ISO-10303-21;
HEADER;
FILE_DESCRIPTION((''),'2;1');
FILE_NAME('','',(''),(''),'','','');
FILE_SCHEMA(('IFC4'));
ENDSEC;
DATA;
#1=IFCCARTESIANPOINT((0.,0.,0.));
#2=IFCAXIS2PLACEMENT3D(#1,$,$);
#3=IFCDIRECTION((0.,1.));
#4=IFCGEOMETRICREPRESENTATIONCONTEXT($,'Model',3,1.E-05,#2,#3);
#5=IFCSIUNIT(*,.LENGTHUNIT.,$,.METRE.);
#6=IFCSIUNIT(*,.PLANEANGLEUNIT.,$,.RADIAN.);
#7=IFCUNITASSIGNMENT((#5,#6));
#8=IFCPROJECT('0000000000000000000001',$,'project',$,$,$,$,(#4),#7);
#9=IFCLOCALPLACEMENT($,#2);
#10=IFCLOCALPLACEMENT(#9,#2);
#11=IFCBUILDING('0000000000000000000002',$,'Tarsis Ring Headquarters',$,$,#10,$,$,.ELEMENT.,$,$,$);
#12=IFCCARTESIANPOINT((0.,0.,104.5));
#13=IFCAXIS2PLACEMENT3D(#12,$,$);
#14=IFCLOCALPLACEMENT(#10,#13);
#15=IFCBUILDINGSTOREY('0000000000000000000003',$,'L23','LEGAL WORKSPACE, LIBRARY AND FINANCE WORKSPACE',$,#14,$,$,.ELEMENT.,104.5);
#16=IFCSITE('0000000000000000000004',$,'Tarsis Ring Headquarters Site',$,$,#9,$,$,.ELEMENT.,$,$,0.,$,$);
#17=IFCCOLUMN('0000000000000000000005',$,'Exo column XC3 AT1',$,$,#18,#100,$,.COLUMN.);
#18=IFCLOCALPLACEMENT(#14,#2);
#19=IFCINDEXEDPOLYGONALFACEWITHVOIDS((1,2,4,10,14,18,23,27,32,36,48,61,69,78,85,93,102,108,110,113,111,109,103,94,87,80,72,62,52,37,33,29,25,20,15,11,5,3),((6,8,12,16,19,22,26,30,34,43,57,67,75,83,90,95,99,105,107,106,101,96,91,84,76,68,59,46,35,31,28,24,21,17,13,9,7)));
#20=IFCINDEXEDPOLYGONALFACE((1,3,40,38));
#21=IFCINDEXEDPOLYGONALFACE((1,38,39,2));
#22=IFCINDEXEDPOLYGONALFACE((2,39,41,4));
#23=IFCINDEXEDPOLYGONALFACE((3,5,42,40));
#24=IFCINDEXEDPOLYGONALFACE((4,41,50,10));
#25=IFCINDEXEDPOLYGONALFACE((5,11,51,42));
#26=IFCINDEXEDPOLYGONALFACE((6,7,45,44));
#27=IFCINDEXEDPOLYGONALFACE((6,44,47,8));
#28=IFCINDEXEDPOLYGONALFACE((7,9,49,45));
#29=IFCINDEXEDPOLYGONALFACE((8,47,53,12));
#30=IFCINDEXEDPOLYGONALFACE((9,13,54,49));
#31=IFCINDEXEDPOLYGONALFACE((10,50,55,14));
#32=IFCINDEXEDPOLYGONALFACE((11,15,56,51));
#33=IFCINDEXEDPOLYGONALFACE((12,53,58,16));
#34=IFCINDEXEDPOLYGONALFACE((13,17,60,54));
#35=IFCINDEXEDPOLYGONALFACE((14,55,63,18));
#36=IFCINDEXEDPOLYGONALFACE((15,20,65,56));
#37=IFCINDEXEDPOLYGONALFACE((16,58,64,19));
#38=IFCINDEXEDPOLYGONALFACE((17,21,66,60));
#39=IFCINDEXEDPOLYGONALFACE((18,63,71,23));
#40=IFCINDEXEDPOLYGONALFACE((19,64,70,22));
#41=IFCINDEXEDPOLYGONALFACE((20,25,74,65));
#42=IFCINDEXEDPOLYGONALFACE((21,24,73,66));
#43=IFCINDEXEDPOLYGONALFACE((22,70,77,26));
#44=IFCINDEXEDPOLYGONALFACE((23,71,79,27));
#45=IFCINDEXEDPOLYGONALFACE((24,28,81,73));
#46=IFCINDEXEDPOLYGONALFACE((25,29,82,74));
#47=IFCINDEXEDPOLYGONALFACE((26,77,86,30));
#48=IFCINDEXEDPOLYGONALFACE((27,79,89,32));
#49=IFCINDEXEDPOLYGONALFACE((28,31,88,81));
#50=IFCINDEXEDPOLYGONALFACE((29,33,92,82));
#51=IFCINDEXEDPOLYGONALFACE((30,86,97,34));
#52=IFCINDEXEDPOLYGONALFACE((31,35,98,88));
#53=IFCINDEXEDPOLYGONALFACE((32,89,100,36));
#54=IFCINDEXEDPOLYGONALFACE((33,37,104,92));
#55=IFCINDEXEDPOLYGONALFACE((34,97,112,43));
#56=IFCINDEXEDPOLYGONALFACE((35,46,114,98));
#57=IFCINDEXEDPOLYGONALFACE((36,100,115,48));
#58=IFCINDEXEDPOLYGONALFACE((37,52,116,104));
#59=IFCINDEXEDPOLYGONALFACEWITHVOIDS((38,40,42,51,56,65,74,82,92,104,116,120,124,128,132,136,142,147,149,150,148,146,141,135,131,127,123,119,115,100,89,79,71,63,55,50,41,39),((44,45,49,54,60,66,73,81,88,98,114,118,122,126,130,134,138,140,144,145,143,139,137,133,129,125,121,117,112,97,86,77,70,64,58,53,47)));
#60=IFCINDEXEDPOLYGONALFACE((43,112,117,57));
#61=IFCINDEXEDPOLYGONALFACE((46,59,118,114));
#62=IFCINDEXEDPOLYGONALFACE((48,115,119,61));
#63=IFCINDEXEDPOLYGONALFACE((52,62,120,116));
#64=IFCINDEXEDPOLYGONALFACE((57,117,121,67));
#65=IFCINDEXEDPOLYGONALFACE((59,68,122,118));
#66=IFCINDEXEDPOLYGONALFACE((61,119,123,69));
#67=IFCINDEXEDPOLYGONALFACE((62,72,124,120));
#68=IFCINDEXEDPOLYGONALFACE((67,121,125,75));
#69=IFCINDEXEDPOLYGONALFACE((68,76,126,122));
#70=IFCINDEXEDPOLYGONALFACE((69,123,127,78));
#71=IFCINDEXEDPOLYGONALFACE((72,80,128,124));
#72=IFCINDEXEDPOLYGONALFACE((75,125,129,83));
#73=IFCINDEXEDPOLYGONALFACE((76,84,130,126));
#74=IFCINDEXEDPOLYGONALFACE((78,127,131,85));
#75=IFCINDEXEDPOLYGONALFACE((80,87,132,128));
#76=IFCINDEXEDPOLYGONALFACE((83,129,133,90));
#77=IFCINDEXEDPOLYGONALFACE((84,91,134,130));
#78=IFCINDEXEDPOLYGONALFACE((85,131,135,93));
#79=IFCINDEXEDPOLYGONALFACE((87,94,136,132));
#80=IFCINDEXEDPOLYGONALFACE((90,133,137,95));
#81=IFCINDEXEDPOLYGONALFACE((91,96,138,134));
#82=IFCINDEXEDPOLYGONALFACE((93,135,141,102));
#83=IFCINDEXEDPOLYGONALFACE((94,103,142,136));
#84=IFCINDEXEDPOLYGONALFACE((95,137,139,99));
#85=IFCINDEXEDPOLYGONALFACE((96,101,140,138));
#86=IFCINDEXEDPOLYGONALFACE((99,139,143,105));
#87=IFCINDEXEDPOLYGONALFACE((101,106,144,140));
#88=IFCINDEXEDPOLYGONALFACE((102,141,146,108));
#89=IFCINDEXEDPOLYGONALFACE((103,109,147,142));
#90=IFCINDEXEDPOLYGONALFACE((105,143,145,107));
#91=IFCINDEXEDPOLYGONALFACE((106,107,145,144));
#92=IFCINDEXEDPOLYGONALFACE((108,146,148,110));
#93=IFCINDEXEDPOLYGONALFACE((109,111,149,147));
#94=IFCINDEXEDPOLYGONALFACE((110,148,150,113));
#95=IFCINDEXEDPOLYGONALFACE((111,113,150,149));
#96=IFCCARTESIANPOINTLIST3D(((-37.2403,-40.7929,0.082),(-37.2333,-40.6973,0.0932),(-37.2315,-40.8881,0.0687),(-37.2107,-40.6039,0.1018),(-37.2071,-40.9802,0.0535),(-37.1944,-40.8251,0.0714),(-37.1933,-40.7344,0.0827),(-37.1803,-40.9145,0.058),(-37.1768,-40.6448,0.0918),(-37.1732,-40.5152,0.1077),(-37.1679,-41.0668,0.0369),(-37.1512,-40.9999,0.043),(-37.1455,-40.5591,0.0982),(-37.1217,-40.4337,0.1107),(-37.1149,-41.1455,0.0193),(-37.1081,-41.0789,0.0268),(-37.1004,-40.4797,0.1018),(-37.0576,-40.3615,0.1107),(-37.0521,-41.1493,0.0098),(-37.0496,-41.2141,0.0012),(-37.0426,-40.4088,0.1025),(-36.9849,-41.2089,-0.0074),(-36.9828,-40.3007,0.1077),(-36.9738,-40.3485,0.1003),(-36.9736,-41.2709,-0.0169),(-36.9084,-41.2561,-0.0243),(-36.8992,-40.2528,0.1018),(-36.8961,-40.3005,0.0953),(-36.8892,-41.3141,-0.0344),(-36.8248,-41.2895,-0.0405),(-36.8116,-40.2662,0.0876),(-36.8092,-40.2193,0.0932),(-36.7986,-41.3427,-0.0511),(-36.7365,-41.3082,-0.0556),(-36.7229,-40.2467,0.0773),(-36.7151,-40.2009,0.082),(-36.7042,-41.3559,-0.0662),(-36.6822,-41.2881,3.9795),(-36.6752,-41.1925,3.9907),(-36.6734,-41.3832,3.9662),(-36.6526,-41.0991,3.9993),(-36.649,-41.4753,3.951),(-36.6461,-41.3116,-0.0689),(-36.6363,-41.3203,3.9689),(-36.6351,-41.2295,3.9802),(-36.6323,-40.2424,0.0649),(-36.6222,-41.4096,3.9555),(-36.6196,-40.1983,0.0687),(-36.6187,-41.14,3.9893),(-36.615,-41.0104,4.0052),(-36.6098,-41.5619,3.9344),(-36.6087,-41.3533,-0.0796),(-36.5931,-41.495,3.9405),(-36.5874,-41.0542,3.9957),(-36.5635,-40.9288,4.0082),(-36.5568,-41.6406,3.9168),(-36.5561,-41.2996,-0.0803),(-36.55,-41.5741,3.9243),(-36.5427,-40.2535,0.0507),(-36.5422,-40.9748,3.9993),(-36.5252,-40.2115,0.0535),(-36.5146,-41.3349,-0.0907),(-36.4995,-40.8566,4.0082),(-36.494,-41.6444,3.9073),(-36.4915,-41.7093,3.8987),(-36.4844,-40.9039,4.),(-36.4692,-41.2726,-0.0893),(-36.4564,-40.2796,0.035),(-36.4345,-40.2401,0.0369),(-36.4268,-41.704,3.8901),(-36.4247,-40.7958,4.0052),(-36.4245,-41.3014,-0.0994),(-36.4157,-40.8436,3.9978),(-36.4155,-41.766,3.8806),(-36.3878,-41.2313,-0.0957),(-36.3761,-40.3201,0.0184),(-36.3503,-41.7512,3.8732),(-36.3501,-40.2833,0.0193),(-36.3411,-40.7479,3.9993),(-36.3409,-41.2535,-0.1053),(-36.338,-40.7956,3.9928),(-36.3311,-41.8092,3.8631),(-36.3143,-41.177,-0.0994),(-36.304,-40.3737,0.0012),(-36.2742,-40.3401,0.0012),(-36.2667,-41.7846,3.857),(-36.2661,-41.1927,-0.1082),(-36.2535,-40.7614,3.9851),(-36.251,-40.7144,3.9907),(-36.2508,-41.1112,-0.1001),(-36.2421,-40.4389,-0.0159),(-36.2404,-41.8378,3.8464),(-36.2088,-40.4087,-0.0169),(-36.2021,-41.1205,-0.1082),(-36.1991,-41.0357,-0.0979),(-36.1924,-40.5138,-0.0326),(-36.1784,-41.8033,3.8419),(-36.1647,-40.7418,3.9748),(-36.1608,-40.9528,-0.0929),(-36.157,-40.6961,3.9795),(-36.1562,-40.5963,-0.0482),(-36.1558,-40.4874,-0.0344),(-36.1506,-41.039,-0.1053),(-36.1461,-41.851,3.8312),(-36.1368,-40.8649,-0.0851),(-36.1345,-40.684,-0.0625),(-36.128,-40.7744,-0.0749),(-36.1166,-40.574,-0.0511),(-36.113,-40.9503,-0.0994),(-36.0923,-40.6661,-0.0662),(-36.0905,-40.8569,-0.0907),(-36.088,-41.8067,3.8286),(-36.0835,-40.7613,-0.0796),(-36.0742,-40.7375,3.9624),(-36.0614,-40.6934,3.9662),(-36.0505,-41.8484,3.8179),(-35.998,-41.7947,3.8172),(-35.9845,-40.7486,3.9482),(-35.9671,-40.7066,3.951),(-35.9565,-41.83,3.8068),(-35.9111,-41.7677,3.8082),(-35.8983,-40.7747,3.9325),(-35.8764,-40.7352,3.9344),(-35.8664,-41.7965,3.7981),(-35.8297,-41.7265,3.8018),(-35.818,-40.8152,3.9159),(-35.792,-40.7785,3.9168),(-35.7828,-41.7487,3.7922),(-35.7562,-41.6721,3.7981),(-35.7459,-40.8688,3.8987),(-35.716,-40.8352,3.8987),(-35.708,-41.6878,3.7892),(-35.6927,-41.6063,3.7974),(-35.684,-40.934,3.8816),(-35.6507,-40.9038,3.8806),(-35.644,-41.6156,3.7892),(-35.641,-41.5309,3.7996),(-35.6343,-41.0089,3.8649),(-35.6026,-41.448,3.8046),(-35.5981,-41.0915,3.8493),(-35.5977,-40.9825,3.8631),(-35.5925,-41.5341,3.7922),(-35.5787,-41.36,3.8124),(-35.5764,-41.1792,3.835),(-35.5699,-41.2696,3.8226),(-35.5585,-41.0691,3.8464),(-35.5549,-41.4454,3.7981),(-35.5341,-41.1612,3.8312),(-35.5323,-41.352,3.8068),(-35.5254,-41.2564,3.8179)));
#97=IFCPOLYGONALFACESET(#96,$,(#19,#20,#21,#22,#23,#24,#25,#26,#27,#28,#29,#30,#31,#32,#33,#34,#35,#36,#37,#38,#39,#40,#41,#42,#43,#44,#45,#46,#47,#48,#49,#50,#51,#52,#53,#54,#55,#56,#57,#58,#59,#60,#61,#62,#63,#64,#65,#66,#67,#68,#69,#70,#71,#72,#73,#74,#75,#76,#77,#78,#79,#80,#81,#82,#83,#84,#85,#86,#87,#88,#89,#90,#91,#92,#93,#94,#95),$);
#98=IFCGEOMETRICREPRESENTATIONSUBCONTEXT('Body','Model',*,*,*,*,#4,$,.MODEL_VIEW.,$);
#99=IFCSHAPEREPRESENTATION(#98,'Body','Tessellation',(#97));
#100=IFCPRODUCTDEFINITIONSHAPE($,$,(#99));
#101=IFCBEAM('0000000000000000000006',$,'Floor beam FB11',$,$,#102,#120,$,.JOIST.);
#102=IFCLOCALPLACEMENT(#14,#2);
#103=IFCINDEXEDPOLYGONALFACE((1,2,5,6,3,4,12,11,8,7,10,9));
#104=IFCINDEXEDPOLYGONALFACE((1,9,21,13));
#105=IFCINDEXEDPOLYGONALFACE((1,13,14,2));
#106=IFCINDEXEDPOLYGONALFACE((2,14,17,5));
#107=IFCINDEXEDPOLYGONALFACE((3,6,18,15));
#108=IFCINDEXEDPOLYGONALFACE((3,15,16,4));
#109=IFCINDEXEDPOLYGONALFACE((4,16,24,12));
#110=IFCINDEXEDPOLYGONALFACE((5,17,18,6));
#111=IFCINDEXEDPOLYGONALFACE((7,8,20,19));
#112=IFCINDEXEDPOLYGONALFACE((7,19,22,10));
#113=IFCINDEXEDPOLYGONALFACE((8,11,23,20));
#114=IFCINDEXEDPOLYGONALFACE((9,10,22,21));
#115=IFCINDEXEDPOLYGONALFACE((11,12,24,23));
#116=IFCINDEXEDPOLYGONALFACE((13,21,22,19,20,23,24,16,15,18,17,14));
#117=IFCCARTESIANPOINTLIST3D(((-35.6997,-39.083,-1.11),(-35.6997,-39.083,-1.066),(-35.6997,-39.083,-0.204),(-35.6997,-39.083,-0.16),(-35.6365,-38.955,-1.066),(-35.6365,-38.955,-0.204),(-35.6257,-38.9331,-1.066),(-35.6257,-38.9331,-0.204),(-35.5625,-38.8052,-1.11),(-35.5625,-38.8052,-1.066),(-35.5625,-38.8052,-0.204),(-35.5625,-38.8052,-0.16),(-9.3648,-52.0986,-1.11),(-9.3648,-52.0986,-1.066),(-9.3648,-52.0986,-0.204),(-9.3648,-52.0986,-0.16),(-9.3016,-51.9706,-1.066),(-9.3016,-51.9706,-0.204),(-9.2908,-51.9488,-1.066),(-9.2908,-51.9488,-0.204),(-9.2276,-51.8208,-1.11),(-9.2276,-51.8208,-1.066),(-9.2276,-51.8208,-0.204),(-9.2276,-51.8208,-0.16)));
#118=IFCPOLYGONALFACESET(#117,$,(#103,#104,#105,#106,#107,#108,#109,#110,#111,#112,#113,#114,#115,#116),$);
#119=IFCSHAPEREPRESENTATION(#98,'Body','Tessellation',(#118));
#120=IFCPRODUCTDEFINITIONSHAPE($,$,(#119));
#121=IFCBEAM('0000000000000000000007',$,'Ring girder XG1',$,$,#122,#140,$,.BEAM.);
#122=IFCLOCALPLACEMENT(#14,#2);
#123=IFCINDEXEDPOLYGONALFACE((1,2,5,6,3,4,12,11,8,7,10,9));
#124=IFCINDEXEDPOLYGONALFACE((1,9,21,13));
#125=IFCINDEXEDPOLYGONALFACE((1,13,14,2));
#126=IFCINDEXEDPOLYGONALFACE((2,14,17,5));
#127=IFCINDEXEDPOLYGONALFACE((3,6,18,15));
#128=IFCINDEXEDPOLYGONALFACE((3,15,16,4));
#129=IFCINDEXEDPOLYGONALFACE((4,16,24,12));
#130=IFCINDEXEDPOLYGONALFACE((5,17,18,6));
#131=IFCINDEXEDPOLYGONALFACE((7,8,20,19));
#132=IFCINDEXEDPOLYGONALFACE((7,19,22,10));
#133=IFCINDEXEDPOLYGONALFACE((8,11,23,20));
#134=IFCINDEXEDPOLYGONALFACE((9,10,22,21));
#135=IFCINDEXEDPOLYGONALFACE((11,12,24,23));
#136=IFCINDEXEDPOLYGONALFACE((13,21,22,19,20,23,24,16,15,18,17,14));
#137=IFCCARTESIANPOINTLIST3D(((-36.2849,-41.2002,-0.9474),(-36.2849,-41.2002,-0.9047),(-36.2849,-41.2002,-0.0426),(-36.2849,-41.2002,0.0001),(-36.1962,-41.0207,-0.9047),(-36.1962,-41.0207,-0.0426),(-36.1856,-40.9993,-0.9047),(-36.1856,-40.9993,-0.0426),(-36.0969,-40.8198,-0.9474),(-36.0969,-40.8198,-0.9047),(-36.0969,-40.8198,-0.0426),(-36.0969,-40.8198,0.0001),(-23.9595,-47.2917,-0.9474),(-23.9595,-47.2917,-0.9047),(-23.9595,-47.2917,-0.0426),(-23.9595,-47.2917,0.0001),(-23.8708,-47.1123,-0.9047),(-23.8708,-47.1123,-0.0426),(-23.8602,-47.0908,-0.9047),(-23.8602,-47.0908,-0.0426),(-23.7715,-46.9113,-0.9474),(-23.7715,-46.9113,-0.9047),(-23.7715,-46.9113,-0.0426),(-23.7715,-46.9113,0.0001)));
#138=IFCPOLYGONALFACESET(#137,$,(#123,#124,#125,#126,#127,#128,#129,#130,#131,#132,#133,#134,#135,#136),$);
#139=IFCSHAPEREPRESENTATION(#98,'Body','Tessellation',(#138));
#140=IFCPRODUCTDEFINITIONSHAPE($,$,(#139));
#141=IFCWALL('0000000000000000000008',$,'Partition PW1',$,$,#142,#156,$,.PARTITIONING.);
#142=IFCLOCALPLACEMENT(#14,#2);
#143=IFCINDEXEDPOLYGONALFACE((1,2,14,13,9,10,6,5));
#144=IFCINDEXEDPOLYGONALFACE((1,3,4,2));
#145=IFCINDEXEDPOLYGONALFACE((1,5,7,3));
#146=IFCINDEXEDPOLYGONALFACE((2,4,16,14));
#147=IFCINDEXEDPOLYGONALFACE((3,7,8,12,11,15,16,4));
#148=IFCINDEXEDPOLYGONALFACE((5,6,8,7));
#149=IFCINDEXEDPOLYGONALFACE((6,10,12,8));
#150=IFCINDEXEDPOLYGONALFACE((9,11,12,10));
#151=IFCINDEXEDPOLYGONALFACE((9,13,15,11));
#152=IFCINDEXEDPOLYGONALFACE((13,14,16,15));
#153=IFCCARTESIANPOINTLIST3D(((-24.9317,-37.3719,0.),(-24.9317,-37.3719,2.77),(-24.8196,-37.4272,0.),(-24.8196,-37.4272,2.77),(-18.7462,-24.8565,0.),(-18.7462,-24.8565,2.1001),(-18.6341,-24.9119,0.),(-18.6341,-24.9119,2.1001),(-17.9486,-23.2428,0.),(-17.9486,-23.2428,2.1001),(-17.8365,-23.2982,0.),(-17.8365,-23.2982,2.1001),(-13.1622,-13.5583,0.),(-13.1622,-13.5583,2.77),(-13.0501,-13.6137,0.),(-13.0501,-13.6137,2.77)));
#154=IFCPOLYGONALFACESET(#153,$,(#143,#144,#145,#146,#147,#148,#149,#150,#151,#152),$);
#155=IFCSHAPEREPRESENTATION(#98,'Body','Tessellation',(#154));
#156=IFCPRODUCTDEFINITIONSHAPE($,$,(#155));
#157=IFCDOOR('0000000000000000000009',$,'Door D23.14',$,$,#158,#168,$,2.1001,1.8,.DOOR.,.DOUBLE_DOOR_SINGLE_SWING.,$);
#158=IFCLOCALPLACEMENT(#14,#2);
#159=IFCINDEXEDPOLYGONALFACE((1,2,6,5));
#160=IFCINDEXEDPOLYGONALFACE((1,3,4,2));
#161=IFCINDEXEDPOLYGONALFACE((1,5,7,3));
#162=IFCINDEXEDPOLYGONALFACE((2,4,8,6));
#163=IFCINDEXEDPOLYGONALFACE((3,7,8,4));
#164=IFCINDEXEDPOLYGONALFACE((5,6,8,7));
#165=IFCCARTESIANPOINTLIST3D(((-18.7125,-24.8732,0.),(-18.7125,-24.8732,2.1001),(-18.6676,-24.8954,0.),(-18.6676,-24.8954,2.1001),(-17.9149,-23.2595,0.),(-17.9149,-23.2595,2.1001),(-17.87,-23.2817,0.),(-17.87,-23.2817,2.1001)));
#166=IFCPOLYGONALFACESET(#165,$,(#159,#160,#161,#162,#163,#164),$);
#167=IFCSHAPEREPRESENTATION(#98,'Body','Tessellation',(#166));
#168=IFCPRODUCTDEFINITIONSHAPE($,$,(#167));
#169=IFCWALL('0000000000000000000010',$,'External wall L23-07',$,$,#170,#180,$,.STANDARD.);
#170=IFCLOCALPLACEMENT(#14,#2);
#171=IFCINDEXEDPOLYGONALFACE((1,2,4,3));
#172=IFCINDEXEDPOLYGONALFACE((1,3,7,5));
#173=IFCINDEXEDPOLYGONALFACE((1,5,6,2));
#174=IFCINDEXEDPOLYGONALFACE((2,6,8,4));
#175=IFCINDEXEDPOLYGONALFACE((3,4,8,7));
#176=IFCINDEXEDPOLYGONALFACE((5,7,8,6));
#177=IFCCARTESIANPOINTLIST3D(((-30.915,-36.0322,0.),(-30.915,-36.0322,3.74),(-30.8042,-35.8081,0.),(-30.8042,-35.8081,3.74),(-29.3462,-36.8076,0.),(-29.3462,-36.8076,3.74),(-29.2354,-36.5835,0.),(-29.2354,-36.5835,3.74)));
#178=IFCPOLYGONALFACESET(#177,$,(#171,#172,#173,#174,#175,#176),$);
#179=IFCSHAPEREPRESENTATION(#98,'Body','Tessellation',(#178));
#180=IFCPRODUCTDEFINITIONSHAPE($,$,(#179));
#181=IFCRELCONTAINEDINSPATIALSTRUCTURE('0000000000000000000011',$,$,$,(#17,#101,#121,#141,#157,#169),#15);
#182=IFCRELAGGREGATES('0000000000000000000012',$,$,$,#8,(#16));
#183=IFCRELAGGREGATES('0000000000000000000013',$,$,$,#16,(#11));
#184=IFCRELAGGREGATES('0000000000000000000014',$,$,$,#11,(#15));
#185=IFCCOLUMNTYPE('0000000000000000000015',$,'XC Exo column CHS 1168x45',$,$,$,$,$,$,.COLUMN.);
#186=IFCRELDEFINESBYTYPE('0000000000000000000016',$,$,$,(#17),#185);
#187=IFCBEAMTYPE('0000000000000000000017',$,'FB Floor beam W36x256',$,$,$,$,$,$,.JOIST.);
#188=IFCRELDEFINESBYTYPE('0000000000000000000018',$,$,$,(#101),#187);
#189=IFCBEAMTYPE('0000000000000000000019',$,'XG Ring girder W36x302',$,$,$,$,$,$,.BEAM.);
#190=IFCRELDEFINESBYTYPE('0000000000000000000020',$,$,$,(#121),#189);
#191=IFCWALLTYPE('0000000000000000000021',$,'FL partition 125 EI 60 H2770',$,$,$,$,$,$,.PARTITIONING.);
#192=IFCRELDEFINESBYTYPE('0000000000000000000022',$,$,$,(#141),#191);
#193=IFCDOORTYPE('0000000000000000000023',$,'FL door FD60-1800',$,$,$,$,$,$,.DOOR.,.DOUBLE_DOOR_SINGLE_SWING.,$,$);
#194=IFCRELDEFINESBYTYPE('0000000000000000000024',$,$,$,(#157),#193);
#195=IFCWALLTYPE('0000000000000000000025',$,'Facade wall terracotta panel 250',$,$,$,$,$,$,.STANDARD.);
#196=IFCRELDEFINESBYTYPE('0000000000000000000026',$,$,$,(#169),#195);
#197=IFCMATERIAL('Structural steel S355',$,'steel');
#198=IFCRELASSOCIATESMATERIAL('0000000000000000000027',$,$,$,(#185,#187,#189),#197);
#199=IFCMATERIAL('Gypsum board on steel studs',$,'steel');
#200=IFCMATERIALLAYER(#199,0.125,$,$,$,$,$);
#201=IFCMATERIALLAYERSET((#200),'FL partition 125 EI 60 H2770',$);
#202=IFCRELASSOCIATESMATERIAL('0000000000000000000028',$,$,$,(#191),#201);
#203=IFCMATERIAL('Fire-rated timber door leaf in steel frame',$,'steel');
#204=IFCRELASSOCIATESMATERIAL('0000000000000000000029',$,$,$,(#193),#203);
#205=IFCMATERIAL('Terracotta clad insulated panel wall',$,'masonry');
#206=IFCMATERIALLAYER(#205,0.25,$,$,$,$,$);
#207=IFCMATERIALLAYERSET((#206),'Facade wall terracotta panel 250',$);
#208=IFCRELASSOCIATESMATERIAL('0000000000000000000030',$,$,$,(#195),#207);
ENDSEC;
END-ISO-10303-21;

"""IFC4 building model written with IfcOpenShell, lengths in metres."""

from ifc_helpers import new_model, si_unit, direction, frame, frame_2d, origin, origin_2d, place, context, subcontext, project, spatial, rectangle, hollow_circle, i_section, extrude, material, layer, layer_set, material_profile, profile_set, type_object, element, fill, save


model = new_model("IFC4")

# Units and contexts
model_context = context("Model", 3, precision=1e-05, world=origin(), true_north=direction((0.0, 1.0)))
body_context = subcontext(model_context, "Body", "Model", "MODEL_VIEW")
ifc_project = project(units=[si_unit("LENGTHUNIT", "METRE"), si_unit("PLANEANGLEUNIT", "RADIAN")], contexts=[model_context])

# Site, building, storey
site_placement = place(None, origin())
site = spatial("IfcSite", under=ifc_project, at=site_placement, Name="Tarsis Ring Headquarters Site", CompositionType="ELEMENT", RefElevation=0.0)
building_placement = place(site_placement, origin())
building = spatial("IfcBuilding", under=site, at=building_placement, Name="Tarsis Ring Headquarters", CompositionType="ELEMENT")
storey_placement = place(building_placement, frame((0.0, 0.0, 104.5)))
storey = spatial("IfcBuildingStorey", under=building, at=storey_placement, Name="L23", Description="LEGAL WORKSPACE, LIBRARY AND FINANCE WORKSPACE", CompositionType="ELEMENT", Elevation=104.5)

# Column
ifc_material_1 = material(Name="Structural steel S355", Category="steel")
ifc_material_profile_1 = material_profile(ifc_material_1, hollow_circle(Radius=0.5842, WallThickness=0.0449, at=origin_2d()), Name="CHS 1168x45")
ifc_profile_set_1 = profile_set([ifc_material_profile_1], Name="Structural steel S355")
column_type = type_object("IfcColumnType", Name="XC Exo column CHS 1168x45", PredefinedType="COLUMN", material=ifc_profile_set_1)
column_placement = place(storey_placement, frame((-36.6619, -40.7771, 0.0012), z_axis=(0.140644, -0.12477, 0.982167), x_axis=(0.663632, 0.748059, 0.0)))
element("IfcColumn", 1, at=column_placement, inside=storey, type_object=column_type, Name="Exo column XC3 AT1", PredefinedType="COLUMN", context=body_context, shape_type="SweptSolid", body=[
    extrude(hollow_circle(Radius=0.5842, WallThickness=0.0449, at=origin_2d()), origin(), (0.0, 0.0, 1.0), 3.9683),
])

# Beams
ifc_material_profile_2 = material_profile(ifc_material_1, i_section(OverallWidth=0.3098, OverallDepth=0.95, WebThickness=0.0244, FlangeThickness=0.0439, at=origin_2d()), Name="W36x256")
ifc_profile_set_2 = profile_set([ifc_material_profile_2], Name="Structural steel S355")
beam_type_1 = type_object("IfcBeamType", Name="FB Floor beam W36x256", PredefinedType="JOIST", material=ifc_profile_set_2)
beam_1_placement = place(storey_placement, frame((-35.6311, -38.9441, -0.635), z_axis=(0.896485, -0.443073, 0.0), x_axis=(0.443073, 0.896485, 0.0)))
element("IfcBeam", 2, at=beam_1_placement, inside=storey, type_object=beam_type_1, Name="Floor beam FB11", PredefinedType="JOIST", context=body_context, shape_type="SweptSolid", body=[
    extrude(i_section(OverallWidth=0.3098, OverallDepth=0.95, WebThickness=0.0244, FlangeThickness=0.0439, at=origin_2d()), origin(), (0.0, 0.0, 1.0), 29.3757),
])
ifc_material_profile_3 = material_profile(ifc_material_1, i_section(OverallWidth=0.4243, OverallDepth=0.9475, WebThickness=0.0239, FlangeThickness=0.0427, at=origin_2d()), Name="W36x302")
ifc_profile_set_3 = profile_set([ifc_material_profile_3], Name="Structural steel S355")
beam_type_2 = type_object("IfcBeamType", Name="XG Ring girder W36x302", PredefinedType="BEAM", material=ifc_profile_set_3)
beam_2_placement = place(storey_placement, frame((-36.1909, -41.01, -0.4736), z_axis=(0.896488, -0.443068, 0.0), x_axis=(0.443068, 0.896488, 0.0)))
element("IfcBeam", 3, at=beam_2_placement, inside=storey, type_object=beam_type_2, Name="Ring girder XG1", PredefinedType="BEAM", context=body_context, shape_type="SweptSolid", body=[
    extrude(i_section(OverallWidth=0.4243, OverallDepth=0.9475, WebThickness=0.0239, FlangeThickness=0.0427, at=origin_2d()), origin(), (0.0, 0.0, 1.0), 13.7485),
])

# Wall, opening, door
ifc_material_2 = material(Name="Gypsum board on steel studs", Category="steel")
ifc_layer_1 = layer(ifc_material_2, 0.125)
ifc_layer_set_1 = layer_set([ifc_layer_1], Name="FL partition 125 EI 60 H2770")
wall_type_1 = type_object("IfcWallType", Name="FL partition 125 EI 60 H2770", PredefinedType="PARTITIONING", material=ifc_layer_set_1)
wall_1_placement = place(storey_placement, frame((-24.8757, -37.3997, 0.0), z_axis=(0.0, 0.0, 1.0), x_axis=(0.443077, 0.896484, 0.0)))
wall_1 = element("IfcWall", 4, at=wall_1_placement, inside=storey, type_object=wall_type_1, Name="Partition PW1", PredefinedType="PARTITIONING", context=body_context, shape_type="SweptSolid", body=[
    extrude(rectangle(XDim=26.5632, YDim=0.125, at=frame_2d((13.2817, 0.0))), origin(), (0.0, 0.0, 1.0), 2.77),
])
opening_1_placement = place(wall_1_placement, frame((13.9607, 0.0, 0.0)))
opening_1 = element("IfcOpeningElement", 5, at=opening_1_placement, cuts=wall_1, PredefinedType="OPENING", context=body_context, shape_type="SweptSolid", body=[
    extrude(rectangle(XDim=1.8, YDim=2.1001, at=frame_2d((0.8999, 1.05))), frame((0.0, 0.0725, 0.0), z_axis=(0.0, -1.0, 0.0), x_axis=(1.0, 0.0, 0.0)), (0.0, 0.0, 1.0), 0.145),
])
ifc_material_3 = material(Name="Fire-rated timber door leaf in steel frame", Category="steel")
door_type = type_object("IfcDoorType", Name="FL door FD60-1800", OperationType="DOUBLE_DOOR_SINGLE_SWING", PredefinedType="DOOR", material=ifc_material_3)
door_placement = place(opening_1_placement, origin())
door = element("IfcDoor", 6, at=door_placement, inside=storey, type_object=door_type, Name="Door D23.14", OperationType="DOUBLE_DOOR_SINGLE_SWING", OverallHeight=2.1001, OverallWidth=1.8, PredefinedType="DOOR", context=body_context, shape_type="SweptSolid", body=[
    extrude(rectangle(XDim=1.8, YDim=2.1001, at=frame_2d((0.8999, 1.05))), frame((0.0, 0.0249, 0.0), z_axis=(0.0, -1.0, 0.0), x_axis=(1.0, 0.0, 0.0)), (0.0, 0.0, 1.0), 0.05),
])
fill(opening_1, door)

# Wall
ifc_material_4 = material(Name="Terracotta clad insulated panel wall", Category="masonry")
ifc_layer_2 = layer(ifc_material_4, 0.25)
ifc_layer_set_2 = layer_set([ifc_layer_2], Name="Facade wall terracotta panel 250")
wall_type_2 = type_object("IfcWallType", Name="Facade wall terracotta panel 250", PredefinedType="STANDARD", material=ifc_layer_set_2)
for number, where, z_axis, x_axis, name in (
    (7, (-30.8596, -35.9202, 0.0), (0.0, 0.0, 1.0), (0.896482, -0.443079, 0.0), "External wall L23-07"),
):
    element("IfcWall", number, at=place(storey_placement, frame(where, z_axis=z_axis, x_axis=x_axis)), inside=storey, type_object=wall_type_2, Name=name, PredefinedType="STANDARD", context=body_context, shape_type="SweptSolid", body=[
        extrude(rectangle(XDim=1.75, YDim=0.25, at=frame_2d((0.875, 0.0))), origin(), (0.0, 0.0, 1.0), 3.74),
    ])

save(model, "model.ifc")
